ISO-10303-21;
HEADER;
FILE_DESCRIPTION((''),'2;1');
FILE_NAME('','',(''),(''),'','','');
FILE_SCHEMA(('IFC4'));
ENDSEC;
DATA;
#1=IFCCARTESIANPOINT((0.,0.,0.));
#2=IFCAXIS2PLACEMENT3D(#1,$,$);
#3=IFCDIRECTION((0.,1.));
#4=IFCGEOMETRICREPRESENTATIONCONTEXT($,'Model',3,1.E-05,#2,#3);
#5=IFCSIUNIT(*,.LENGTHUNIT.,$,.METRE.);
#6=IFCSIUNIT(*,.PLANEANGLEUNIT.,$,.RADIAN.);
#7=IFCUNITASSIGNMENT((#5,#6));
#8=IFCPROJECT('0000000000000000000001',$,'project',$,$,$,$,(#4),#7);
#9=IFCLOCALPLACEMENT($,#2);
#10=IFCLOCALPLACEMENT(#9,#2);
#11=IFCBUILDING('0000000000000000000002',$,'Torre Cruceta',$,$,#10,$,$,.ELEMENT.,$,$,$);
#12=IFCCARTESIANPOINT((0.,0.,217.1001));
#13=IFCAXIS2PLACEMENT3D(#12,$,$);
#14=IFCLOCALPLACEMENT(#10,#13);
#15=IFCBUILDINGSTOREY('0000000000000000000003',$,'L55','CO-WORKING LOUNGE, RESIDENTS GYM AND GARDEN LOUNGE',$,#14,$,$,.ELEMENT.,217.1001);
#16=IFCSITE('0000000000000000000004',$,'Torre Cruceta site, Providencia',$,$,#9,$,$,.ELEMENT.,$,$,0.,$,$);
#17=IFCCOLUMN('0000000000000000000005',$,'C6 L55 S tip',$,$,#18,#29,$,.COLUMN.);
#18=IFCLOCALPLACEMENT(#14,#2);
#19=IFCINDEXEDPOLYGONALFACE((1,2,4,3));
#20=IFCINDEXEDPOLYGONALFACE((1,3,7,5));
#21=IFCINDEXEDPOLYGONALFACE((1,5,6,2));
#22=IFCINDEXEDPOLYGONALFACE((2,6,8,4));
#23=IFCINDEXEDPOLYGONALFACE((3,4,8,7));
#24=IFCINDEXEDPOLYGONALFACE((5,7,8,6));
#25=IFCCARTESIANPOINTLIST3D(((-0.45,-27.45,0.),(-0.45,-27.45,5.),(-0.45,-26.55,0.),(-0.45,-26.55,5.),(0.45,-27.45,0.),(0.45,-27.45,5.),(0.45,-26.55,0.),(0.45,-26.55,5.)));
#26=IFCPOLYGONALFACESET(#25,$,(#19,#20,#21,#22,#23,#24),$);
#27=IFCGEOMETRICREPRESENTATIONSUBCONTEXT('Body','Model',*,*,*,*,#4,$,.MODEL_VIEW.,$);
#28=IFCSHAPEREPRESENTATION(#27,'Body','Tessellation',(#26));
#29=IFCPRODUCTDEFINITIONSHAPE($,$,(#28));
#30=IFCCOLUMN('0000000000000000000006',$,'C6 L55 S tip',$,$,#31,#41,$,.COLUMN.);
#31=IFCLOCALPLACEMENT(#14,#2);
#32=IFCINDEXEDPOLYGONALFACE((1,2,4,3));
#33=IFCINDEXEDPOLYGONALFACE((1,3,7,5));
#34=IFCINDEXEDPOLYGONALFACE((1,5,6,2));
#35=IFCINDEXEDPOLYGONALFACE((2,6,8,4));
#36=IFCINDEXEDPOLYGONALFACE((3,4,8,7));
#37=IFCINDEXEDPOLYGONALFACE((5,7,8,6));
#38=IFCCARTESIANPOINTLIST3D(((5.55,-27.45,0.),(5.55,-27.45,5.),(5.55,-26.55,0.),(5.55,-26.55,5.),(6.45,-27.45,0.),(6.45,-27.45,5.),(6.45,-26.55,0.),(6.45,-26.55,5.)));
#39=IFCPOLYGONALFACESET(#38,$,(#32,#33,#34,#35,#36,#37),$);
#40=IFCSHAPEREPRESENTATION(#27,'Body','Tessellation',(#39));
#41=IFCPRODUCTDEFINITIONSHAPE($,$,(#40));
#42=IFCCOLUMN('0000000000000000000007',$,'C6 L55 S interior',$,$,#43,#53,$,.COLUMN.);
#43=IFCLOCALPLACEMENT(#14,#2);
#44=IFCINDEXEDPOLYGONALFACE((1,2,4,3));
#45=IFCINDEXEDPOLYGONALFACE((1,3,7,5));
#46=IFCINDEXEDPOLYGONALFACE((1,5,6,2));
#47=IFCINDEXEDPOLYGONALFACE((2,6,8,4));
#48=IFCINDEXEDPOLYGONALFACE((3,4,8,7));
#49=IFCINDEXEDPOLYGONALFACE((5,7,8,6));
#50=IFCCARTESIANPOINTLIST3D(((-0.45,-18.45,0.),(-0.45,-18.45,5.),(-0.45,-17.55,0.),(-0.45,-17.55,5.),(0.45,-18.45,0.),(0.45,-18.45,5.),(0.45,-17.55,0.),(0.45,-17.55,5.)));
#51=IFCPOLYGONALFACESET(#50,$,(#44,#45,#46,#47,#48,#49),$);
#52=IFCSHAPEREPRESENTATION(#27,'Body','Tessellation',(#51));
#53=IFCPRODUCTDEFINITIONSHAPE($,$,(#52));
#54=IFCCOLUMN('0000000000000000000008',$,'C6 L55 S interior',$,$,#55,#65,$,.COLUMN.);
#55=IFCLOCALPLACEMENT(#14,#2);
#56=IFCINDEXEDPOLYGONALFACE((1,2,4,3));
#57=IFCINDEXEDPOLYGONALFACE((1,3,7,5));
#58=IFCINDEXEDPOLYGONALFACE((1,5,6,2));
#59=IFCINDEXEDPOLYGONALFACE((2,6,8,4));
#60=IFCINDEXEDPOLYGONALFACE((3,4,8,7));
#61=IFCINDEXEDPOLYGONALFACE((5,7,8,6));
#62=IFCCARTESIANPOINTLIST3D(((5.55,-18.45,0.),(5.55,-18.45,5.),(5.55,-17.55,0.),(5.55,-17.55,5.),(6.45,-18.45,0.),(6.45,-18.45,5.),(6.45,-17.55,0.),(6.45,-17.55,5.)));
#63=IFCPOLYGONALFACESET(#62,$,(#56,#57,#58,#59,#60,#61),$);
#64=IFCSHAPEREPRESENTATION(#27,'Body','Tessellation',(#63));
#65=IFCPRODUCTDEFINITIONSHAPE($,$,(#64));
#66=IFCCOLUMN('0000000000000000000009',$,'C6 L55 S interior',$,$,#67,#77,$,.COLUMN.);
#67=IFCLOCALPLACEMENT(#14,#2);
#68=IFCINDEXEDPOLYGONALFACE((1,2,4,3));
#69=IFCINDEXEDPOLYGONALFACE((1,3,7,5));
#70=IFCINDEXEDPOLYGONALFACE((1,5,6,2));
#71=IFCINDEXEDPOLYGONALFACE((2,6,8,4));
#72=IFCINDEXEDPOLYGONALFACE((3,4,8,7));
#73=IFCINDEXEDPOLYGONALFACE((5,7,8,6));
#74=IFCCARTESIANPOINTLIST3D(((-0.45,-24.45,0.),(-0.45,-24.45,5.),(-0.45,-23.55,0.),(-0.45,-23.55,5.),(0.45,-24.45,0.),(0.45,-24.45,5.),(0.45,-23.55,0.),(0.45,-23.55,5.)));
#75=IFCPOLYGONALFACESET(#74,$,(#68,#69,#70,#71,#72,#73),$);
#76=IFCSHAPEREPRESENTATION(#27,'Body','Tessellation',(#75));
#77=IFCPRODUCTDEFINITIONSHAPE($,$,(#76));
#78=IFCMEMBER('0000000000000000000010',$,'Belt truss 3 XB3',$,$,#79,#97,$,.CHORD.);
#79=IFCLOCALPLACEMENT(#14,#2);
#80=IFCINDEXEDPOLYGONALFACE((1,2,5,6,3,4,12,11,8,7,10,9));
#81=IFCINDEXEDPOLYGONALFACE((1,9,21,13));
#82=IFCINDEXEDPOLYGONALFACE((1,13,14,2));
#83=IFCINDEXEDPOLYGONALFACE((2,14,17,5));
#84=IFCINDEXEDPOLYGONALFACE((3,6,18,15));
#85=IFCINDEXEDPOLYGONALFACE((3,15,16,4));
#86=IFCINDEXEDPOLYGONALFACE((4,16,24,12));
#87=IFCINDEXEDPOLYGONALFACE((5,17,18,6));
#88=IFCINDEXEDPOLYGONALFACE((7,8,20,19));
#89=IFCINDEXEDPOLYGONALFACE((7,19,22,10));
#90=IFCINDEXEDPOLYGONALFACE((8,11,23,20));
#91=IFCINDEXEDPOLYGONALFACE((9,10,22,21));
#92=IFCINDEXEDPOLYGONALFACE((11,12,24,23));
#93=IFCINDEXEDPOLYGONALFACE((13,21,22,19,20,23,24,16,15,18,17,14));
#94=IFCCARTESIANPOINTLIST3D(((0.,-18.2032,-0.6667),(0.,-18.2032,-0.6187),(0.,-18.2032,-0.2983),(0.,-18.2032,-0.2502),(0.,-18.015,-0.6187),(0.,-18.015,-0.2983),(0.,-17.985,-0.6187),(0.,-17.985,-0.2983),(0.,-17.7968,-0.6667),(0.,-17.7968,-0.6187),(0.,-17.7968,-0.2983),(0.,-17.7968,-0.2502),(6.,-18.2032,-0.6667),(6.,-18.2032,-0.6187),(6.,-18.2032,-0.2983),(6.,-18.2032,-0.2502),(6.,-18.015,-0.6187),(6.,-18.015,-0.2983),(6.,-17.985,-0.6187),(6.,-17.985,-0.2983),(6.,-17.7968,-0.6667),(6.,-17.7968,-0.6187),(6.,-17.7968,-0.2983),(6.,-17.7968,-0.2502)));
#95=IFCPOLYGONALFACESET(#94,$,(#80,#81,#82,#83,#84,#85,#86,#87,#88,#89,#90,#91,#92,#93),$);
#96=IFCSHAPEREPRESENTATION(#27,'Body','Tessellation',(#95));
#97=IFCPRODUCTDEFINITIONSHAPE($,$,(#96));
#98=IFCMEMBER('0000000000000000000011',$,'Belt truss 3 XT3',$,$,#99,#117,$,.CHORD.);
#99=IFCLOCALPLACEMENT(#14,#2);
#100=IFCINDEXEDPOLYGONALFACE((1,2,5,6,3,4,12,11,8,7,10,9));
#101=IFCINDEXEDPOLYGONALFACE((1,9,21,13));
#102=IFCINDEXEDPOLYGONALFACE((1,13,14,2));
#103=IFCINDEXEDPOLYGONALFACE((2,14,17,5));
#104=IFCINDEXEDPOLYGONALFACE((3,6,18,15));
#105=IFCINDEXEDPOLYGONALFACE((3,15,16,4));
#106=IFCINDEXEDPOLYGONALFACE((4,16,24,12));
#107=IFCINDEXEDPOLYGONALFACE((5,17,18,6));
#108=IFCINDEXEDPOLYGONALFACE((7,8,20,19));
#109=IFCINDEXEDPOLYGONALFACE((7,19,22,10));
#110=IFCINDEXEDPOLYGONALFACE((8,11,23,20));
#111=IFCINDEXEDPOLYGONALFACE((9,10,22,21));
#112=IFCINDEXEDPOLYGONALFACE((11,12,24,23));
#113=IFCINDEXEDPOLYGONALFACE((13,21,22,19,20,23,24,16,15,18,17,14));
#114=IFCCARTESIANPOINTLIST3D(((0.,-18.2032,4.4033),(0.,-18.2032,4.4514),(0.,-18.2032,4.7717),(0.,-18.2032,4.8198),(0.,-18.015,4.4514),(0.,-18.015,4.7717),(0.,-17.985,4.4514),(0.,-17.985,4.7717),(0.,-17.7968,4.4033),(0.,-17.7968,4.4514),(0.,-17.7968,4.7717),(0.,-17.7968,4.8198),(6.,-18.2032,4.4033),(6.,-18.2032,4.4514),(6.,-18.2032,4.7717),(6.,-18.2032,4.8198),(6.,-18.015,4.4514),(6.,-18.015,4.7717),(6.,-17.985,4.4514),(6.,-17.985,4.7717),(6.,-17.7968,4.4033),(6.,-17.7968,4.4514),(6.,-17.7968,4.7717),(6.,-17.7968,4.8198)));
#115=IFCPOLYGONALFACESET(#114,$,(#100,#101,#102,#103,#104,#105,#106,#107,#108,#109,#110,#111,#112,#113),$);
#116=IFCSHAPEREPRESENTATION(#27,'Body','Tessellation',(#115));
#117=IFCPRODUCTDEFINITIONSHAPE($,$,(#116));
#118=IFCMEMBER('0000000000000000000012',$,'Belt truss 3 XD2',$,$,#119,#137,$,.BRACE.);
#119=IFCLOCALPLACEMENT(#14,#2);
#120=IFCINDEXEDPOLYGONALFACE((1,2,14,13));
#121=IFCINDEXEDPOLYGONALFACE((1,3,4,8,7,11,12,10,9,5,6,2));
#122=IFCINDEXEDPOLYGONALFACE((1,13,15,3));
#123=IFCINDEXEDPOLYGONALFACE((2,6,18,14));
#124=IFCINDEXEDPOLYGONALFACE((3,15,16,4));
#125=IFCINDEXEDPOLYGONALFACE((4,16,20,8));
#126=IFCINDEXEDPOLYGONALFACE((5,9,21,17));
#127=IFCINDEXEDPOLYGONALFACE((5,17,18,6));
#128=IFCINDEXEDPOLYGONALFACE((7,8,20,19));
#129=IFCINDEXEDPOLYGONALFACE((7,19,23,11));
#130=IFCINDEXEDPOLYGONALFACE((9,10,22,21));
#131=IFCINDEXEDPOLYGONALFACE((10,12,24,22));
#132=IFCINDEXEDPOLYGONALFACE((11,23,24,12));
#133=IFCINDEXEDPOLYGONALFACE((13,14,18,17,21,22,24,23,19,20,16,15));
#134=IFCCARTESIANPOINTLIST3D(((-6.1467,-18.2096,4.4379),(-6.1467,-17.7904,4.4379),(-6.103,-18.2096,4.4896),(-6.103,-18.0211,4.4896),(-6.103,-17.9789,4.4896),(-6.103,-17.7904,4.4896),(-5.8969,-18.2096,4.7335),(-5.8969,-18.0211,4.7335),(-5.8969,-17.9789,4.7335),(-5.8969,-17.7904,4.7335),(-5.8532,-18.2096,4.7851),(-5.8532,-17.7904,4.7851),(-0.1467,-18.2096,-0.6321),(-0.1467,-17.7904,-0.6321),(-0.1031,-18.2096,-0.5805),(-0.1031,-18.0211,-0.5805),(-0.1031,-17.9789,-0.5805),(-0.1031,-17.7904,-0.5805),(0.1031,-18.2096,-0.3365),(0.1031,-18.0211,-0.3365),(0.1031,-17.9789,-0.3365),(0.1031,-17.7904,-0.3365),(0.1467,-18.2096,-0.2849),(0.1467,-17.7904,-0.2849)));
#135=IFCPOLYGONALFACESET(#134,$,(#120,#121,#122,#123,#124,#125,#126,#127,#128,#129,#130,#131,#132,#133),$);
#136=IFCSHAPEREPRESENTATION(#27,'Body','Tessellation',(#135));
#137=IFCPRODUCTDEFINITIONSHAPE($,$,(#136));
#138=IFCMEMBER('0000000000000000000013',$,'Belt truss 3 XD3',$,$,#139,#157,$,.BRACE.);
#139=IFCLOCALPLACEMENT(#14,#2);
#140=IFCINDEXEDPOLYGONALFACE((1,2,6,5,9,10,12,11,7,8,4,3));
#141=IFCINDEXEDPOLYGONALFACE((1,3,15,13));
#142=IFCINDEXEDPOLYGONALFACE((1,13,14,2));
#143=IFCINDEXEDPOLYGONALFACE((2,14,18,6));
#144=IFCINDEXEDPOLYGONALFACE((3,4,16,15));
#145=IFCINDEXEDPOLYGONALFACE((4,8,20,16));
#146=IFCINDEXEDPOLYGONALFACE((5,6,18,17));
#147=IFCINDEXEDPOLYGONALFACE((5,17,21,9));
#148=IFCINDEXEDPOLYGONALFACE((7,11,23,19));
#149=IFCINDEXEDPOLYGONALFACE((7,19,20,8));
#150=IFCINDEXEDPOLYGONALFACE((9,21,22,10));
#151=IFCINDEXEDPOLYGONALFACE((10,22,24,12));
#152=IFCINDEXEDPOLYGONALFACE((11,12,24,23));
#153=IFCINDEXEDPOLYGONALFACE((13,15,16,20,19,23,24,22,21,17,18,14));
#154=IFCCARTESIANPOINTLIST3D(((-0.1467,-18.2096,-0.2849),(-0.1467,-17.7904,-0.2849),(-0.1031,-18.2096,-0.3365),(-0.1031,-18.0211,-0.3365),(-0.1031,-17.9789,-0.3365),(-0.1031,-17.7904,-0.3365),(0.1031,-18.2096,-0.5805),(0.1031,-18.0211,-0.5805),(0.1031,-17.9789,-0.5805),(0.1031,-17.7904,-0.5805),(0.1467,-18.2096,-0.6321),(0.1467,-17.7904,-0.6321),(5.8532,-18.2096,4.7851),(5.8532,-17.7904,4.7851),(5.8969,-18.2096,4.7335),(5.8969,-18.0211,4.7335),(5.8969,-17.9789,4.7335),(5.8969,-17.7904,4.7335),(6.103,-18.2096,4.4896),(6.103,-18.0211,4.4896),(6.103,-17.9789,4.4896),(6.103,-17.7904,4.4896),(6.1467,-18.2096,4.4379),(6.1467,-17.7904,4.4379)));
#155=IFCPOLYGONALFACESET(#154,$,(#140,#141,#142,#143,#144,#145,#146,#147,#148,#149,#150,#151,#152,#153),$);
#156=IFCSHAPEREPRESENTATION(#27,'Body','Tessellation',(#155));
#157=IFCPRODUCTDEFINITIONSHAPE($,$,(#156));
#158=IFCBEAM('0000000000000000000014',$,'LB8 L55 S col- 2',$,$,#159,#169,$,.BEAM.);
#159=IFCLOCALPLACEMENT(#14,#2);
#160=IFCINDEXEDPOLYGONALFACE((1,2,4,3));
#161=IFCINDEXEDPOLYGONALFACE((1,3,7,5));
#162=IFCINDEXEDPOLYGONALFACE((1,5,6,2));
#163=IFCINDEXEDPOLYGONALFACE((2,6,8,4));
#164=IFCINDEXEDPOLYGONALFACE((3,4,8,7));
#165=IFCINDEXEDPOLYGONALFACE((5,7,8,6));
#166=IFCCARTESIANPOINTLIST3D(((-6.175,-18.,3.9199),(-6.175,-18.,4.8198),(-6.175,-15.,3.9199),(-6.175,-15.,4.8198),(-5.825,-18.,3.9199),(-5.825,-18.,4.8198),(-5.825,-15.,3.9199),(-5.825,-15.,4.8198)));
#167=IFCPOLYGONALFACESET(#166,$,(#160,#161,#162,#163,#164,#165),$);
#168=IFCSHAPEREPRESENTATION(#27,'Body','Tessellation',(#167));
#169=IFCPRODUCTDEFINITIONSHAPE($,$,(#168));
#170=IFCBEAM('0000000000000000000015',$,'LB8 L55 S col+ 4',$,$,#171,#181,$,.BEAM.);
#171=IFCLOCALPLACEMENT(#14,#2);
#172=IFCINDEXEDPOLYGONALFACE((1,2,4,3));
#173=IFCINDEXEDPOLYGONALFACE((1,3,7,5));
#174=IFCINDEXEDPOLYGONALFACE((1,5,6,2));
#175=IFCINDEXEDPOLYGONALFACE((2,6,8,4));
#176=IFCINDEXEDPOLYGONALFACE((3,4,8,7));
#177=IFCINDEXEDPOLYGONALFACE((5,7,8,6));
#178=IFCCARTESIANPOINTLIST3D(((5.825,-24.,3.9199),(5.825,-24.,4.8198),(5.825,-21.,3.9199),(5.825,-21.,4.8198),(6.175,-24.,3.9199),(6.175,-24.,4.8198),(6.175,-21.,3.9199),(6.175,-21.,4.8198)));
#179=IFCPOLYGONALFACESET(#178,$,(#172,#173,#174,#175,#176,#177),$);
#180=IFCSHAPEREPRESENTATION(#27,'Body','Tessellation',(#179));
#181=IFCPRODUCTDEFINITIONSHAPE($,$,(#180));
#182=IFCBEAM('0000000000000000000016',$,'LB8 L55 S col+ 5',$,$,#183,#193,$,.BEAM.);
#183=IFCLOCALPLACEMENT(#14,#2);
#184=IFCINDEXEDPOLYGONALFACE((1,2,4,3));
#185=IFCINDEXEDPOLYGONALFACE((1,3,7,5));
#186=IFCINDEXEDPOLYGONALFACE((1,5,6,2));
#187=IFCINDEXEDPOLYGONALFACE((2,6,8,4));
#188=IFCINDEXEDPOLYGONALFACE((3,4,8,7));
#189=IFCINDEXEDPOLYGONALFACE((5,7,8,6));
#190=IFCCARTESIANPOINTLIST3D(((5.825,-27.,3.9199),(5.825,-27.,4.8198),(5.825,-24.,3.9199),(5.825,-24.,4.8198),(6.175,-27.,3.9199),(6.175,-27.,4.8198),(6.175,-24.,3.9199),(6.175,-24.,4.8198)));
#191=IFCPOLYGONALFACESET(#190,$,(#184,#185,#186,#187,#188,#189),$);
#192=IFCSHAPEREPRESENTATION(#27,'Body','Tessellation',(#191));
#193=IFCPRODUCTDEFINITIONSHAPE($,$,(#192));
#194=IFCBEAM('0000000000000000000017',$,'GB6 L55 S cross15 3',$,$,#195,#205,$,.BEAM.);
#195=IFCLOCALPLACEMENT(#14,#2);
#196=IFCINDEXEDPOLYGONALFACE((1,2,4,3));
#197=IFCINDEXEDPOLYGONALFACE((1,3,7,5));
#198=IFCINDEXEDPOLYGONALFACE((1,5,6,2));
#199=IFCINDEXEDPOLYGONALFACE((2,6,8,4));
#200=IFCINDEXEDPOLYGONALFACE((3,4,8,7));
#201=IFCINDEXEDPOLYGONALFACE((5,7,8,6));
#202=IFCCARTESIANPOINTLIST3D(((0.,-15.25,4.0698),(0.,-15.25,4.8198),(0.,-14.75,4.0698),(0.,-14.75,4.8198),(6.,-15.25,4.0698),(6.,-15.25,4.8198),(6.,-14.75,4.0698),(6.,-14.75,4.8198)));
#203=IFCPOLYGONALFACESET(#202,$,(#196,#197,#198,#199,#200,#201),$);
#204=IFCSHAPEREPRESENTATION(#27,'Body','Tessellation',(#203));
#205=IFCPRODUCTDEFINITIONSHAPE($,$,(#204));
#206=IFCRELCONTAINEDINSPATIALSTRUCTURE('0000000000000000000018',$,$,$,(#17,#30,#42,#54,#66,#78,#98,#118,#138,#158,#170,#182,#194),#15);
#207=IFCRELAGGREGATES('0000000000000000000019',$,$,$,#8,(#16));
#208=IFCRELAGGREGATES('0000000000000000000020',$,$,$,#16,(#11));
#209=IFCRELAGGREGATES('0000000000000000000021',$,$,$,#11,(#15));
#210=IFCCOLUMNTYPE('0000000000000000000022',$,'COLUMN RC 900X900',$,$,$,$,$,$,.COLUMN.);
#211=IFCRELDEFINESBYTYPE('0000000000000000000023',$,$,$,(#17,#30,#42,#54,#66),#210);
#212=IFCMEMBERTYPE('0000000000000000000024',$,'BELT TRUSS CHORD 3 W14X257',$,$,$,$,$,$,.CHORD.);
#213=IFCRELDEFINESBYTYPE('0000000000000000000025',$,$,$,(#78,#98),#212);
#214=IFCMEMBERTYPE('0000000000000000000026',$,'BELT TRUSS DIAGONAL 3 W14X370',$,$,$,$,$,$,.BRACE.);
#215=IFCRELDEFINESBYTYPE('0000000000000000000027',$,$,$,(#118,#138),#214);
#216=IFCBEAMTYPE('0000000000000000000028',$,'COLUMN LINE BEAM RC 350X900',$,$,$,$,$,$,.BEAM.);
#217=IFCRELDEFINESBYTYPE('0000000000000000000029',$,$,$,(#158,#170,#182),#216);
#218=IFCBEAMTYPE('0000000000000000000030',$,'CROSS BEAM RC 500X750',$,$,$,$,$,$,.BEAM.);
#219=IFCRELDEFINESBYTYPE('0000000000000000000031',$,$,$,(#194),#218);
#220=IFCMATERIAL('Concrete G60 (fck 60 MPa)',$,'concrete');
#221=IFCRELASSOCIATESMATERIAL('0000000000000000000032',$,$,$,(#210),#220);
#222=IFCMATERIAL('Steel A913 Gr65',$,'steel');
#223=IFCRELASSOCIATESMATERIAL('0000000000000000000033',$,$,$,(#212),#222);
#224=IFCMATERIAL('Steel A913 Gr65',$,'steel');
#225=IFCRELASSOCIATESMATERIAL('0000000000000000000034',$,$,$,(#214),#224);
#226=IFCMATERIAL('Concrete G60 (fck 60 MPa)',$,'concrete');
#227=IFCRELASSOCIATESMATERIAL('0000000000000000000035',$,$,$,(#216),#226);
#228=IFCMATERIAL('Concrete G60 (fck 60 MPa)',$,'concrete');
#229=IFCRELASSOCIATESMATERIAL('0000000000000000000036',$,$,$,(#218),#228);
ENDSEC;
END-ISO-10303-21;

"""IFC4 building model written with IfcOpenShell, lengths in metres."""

from ifc_helpers import new_model, si_unit, direction, frame, origin, origin_2d, place, context, subcontext, project, spatial, rectangle, i_section, extrude, material, material_profile, profile_set, type_object, element, save


model = new_model("IFC4")

# Units and contexts
model_context = context("Model", 3, precision=1e-05, world=origin(), true_north=direction((0.0, 1.0)))
body_context = subcontext(model_context, "Body", "Model", "MODEL_VIEW")
ifc_project = project(units=[si_unit("LENGTHUNIT", "METRE"), si_unit("PLANEANGLEUNIT", "RADIAN")], contexts=[model_context])

# Site, building, storey
site_placement = place(None, origin())
site = spatial("IfcSite", under=ifc_project, at=site_placement, Name="Torre Cruceta site, Providencia", CompositionType="ELEMENT", RefElevation=0.0)
building_placement = place(site_placement, origin())
building = spatial("IfcBuilding", under=site, at=building_placement, Name="Torre Cruceta", CompositionType="ELEMENT")
storey_placement = place(building_placement, frame((0.0, 0.0, 217.1001)))
storey = spatial("IfcBuildingStorey", under=building, at=storey_placement, Name="L55", Description="CO-WORKING LOUNGE, RESIDENTS GYM AND GARDEN LOUNGE", CompositionType="ELEMENT", Elevation=217.1001)

# Columns
ifc_material_1 = material(Name="Concrete G60 (fck 60 MPa)", Category="concrete")
ifc_material_profile_1 = material_profile(ifc_material_1, rectangle(XDim=0.8999, YDim=0.8999, at=origin_2d()), Name="RC 900X900")
ifc_profile_set_1 = profile_set([ifc_material_profile_1], Name="Concrete G60 (fck 60 MPa)")
column_type = type_object("IfcColumnType", Name="COLUMN RC 900X900", PredefinedType="COLUMN", material=ifc_profile_set_1)
for number, where, z_axis, x_axis, name in (
    (1, (0.0, -27.0, 0.0), (0.0, 0.0, 1.0), (1.0, 0.0, 0.0), "C6 L55 S tip"),
    (2, (6.0, -27.0, 0.0), (0.0, 0.0, 1.0), (1.0, 0.0, 0.0), "C6 L55 S tip"),
    (3, (0.0, -18.0, 0.0), (0.0, 0.0, 1.0), (1.0, 0.0, 0.0), "C6 L55 S interior"),
    (4, (6.0, -18.0, 0.0), (0.0, 0.0, 1.0), (1.0, 0.0, 0.0), "C6 L55 S interior"),
    (5, (0.0, -24.0, 0.0), (0.0, 0.0, 1.0), (1.0, 0.0, 0.0), "C6 L55 S interior"),
):
    element("IfcColumn", number, at=place(storey_placement, frame(where, z_axis=z_axis, x_axis=x_axis)), inside=storey, type_object=column_type, Name=name, PredefinedType="COLUMN", context=body_context, shape_type="SweptSolid", body=[
        extrude(rectangle(XDim=0.8999, YDim=0.8999, at=origin_2d()), origin(), (0.0, 0.0, 1.0), 5.0),
    ])

# Members
ifc_material_2 = material(Name="Steel A913 Gr65", Category="steel")
ifc_material_profile_2 = material_profile(ifc_material_2, i_section(OverallWidth=0.4065, OverallDepth=0.4165, WebThickness=0.03, FlangeThickness=0.0481, at=origin_2d()), Name="W14X257")
ifc_profile_set_2 = profile_set([ifc_material_profile_2], Name="Steel A913 Gr65")
member_type_1 = type_object("IfcMemberType", Name="BELT TRUSS CHORD 3 W14X257", PredefinedType="CHORD", material=ifc_profile_set_2)
for number, where, z_axis, x_axis, name in (
    (6, (0.0, -18.0, -0.4585), (1.0, 0.0, 0.0), (0.0, 1.0, 0.0), "Belt truss 3 XB3"),
    (7, (0.0, -18.0, 4.6116), (1.0, 0.0, 0.0), (0.0, 1.0, 0.0), "Belt truss 3 XT3"),
):
    element("IfcMember", number, at=place(storey_placement, frame(where, z_axis=z_axis, x_axis=x_axis)), inside=storey, type_object=member_type_1, Name=name, PredefinedType="CHORD", context=body_context, shape_type="SweptSolid", body=[
        extrude(i_section(OverallWidth=0.4065, OverallDepth=0.4165, WebThickness=0.03, FlangeThickness=0.0481, at=origin_2d()), origin(), (0.0, 0.0, 1.0), 6.0),
    ])
ifc_material_3 = material(Name="Steel A913 Gr65", Category="steel")
ifc_material_profile_3 = material_profile(ifc_material_3, i_section(OverallWidth=0.4192, OverallDepth=0.4546, WebThickness=0.0422, FlangeThickness=0.0676, at=origin_2d()), Name="W14X370")
ifc_profile_set_3 = profile_set([ifc_material_profile_3], Name="Steel A913 Gr65")
member_type_2 = type_object("IfcMemberType", Name="BELT TRUSS DIAGONAL 3 W14X370", PredefinedType="BRACE", material=ifc_profile_set_3)
for number, where, z_axis, x_axis, name in (
    (8, (0.0, -18.0, -0.4585), (-0.763816, 0.0, 0.645434), (0.0, -1.0, 0.0), "Belt truss 3 XD2"),
    (9, (0.0, -18.0, -0.4585), (0.763816, 0.0, 0.645434), (0.0, 1.0, 0.0), "Belt truss 3 XD3"),
):
    element("IfcMember", number, at=place(storey_placement, frame(where, z_axis=z_axis, x_axis=x_axis)), inside=storey, type_object=member_type_2, Name=name, PredefinedType="BRACE", context=body_context, shape_type="SweptSolid", body=[
        extrude(i_section(OverallWidth=0.4192, OverallDepth=0.4546, WebThickness=0.0422, FlangeThickness=0.0676, at=origin_2d()), origin(), (0.0, 0.0, 1.0), 7.8552),
    ])

# Beams
ifc_material_4 = material(Name="Concrete G60 (fck 60 MPa)", Category="concrete")
ifc_material_profile_4 = material_profile(ifc_material_4, rectangle(XDim=0.3501, YDim=0.8999, at=origin_2d()), Name="RC 350X900")
ifc_profile_set_4 = profile_set([ifc_material_profile_4], Name="Concrete G60 (fck 60 MPa)")
beam_type_1 = type_object("IfcBeamType", Name="COLUMN LINE BEAM RC 350X900", PredefinedType="BEAM", material=ifc_profile_set_4)
for number, where, z_axis, x_axis, name in (
    (10, (-6.0, -15.0, 4.3699), (0.0, -1.0, 0.0), (1.0, 0.0, 0.0), "LB8 L55 S col- 2"),
    (11, (6.0, -21.0, 4.3699), (0.0, -1.0, 0.0), (1.0, 0.0, 0.0), "LB8 L55 S col+ 4"),
    (12, (6.0, -24.0, 4.3699), (0.0, -1.0, 0.0), (1.0, 0.0, 0.0), "LB8 L55 S col+ 5"),
):
    element("IfcBeam", number, at=place(storey_placement, frame(where, z_axis=z_axis, x_axis=x_axis)), inside=storey, type_object=beam_type_1, Name=name, PredefinedType="BEAM", context=body_context, shape_type="SweptSolid", body=[
        extrude(rectangle(XDim=0.3501, YDim=0.8999, at=origin_2d()), origin(), (0.0, 0.0, 1.0), 3.0),
    ])
ifc_material_5 = material(Name="Concrete G60 (fck 60 MPa)", Category="concrete")
ifc_material_profile_5 = material_profile(ifc_material_5, rectangle(XDim=0.5, YDim=0.75, at=origin_2d()), Name="RC 500X750")
ifc_profile_set_5 = profile_set([ifc_material_profile_5], Name="Concrete G60 (fck 60 MPa)")
beam_type_2 = type_object("IfcBeamType", Name="CROSS BEAM RC 500X750", PredefinedType="BEAM", material=ifc_profile_set_5)
for number, where, z_axis, x_axis, name in (
    (13, (0.0, -15.0, 4.4448), (1.0, 0.0, 0.0), (0.0, 1.0, 0.0), "GB6 L55 S cross15 3"),
):
    element("IfcBeam", number, at=place(storey_placement, frame(where, z_axis=z_axis, x_axis=x_axis)), inside=storey, type_object=beam_type_2, Name=name, PredefinedType="BEAM", context=body_context, shape_type="SweptSolid", body=[
        extrude(rectangle(XDim=0.5, YDim=0.75, at=origin_2d()), origin(), (0.0, 0.0, 1.0), 6.0),
    ])

save(model, "model.ifc")
